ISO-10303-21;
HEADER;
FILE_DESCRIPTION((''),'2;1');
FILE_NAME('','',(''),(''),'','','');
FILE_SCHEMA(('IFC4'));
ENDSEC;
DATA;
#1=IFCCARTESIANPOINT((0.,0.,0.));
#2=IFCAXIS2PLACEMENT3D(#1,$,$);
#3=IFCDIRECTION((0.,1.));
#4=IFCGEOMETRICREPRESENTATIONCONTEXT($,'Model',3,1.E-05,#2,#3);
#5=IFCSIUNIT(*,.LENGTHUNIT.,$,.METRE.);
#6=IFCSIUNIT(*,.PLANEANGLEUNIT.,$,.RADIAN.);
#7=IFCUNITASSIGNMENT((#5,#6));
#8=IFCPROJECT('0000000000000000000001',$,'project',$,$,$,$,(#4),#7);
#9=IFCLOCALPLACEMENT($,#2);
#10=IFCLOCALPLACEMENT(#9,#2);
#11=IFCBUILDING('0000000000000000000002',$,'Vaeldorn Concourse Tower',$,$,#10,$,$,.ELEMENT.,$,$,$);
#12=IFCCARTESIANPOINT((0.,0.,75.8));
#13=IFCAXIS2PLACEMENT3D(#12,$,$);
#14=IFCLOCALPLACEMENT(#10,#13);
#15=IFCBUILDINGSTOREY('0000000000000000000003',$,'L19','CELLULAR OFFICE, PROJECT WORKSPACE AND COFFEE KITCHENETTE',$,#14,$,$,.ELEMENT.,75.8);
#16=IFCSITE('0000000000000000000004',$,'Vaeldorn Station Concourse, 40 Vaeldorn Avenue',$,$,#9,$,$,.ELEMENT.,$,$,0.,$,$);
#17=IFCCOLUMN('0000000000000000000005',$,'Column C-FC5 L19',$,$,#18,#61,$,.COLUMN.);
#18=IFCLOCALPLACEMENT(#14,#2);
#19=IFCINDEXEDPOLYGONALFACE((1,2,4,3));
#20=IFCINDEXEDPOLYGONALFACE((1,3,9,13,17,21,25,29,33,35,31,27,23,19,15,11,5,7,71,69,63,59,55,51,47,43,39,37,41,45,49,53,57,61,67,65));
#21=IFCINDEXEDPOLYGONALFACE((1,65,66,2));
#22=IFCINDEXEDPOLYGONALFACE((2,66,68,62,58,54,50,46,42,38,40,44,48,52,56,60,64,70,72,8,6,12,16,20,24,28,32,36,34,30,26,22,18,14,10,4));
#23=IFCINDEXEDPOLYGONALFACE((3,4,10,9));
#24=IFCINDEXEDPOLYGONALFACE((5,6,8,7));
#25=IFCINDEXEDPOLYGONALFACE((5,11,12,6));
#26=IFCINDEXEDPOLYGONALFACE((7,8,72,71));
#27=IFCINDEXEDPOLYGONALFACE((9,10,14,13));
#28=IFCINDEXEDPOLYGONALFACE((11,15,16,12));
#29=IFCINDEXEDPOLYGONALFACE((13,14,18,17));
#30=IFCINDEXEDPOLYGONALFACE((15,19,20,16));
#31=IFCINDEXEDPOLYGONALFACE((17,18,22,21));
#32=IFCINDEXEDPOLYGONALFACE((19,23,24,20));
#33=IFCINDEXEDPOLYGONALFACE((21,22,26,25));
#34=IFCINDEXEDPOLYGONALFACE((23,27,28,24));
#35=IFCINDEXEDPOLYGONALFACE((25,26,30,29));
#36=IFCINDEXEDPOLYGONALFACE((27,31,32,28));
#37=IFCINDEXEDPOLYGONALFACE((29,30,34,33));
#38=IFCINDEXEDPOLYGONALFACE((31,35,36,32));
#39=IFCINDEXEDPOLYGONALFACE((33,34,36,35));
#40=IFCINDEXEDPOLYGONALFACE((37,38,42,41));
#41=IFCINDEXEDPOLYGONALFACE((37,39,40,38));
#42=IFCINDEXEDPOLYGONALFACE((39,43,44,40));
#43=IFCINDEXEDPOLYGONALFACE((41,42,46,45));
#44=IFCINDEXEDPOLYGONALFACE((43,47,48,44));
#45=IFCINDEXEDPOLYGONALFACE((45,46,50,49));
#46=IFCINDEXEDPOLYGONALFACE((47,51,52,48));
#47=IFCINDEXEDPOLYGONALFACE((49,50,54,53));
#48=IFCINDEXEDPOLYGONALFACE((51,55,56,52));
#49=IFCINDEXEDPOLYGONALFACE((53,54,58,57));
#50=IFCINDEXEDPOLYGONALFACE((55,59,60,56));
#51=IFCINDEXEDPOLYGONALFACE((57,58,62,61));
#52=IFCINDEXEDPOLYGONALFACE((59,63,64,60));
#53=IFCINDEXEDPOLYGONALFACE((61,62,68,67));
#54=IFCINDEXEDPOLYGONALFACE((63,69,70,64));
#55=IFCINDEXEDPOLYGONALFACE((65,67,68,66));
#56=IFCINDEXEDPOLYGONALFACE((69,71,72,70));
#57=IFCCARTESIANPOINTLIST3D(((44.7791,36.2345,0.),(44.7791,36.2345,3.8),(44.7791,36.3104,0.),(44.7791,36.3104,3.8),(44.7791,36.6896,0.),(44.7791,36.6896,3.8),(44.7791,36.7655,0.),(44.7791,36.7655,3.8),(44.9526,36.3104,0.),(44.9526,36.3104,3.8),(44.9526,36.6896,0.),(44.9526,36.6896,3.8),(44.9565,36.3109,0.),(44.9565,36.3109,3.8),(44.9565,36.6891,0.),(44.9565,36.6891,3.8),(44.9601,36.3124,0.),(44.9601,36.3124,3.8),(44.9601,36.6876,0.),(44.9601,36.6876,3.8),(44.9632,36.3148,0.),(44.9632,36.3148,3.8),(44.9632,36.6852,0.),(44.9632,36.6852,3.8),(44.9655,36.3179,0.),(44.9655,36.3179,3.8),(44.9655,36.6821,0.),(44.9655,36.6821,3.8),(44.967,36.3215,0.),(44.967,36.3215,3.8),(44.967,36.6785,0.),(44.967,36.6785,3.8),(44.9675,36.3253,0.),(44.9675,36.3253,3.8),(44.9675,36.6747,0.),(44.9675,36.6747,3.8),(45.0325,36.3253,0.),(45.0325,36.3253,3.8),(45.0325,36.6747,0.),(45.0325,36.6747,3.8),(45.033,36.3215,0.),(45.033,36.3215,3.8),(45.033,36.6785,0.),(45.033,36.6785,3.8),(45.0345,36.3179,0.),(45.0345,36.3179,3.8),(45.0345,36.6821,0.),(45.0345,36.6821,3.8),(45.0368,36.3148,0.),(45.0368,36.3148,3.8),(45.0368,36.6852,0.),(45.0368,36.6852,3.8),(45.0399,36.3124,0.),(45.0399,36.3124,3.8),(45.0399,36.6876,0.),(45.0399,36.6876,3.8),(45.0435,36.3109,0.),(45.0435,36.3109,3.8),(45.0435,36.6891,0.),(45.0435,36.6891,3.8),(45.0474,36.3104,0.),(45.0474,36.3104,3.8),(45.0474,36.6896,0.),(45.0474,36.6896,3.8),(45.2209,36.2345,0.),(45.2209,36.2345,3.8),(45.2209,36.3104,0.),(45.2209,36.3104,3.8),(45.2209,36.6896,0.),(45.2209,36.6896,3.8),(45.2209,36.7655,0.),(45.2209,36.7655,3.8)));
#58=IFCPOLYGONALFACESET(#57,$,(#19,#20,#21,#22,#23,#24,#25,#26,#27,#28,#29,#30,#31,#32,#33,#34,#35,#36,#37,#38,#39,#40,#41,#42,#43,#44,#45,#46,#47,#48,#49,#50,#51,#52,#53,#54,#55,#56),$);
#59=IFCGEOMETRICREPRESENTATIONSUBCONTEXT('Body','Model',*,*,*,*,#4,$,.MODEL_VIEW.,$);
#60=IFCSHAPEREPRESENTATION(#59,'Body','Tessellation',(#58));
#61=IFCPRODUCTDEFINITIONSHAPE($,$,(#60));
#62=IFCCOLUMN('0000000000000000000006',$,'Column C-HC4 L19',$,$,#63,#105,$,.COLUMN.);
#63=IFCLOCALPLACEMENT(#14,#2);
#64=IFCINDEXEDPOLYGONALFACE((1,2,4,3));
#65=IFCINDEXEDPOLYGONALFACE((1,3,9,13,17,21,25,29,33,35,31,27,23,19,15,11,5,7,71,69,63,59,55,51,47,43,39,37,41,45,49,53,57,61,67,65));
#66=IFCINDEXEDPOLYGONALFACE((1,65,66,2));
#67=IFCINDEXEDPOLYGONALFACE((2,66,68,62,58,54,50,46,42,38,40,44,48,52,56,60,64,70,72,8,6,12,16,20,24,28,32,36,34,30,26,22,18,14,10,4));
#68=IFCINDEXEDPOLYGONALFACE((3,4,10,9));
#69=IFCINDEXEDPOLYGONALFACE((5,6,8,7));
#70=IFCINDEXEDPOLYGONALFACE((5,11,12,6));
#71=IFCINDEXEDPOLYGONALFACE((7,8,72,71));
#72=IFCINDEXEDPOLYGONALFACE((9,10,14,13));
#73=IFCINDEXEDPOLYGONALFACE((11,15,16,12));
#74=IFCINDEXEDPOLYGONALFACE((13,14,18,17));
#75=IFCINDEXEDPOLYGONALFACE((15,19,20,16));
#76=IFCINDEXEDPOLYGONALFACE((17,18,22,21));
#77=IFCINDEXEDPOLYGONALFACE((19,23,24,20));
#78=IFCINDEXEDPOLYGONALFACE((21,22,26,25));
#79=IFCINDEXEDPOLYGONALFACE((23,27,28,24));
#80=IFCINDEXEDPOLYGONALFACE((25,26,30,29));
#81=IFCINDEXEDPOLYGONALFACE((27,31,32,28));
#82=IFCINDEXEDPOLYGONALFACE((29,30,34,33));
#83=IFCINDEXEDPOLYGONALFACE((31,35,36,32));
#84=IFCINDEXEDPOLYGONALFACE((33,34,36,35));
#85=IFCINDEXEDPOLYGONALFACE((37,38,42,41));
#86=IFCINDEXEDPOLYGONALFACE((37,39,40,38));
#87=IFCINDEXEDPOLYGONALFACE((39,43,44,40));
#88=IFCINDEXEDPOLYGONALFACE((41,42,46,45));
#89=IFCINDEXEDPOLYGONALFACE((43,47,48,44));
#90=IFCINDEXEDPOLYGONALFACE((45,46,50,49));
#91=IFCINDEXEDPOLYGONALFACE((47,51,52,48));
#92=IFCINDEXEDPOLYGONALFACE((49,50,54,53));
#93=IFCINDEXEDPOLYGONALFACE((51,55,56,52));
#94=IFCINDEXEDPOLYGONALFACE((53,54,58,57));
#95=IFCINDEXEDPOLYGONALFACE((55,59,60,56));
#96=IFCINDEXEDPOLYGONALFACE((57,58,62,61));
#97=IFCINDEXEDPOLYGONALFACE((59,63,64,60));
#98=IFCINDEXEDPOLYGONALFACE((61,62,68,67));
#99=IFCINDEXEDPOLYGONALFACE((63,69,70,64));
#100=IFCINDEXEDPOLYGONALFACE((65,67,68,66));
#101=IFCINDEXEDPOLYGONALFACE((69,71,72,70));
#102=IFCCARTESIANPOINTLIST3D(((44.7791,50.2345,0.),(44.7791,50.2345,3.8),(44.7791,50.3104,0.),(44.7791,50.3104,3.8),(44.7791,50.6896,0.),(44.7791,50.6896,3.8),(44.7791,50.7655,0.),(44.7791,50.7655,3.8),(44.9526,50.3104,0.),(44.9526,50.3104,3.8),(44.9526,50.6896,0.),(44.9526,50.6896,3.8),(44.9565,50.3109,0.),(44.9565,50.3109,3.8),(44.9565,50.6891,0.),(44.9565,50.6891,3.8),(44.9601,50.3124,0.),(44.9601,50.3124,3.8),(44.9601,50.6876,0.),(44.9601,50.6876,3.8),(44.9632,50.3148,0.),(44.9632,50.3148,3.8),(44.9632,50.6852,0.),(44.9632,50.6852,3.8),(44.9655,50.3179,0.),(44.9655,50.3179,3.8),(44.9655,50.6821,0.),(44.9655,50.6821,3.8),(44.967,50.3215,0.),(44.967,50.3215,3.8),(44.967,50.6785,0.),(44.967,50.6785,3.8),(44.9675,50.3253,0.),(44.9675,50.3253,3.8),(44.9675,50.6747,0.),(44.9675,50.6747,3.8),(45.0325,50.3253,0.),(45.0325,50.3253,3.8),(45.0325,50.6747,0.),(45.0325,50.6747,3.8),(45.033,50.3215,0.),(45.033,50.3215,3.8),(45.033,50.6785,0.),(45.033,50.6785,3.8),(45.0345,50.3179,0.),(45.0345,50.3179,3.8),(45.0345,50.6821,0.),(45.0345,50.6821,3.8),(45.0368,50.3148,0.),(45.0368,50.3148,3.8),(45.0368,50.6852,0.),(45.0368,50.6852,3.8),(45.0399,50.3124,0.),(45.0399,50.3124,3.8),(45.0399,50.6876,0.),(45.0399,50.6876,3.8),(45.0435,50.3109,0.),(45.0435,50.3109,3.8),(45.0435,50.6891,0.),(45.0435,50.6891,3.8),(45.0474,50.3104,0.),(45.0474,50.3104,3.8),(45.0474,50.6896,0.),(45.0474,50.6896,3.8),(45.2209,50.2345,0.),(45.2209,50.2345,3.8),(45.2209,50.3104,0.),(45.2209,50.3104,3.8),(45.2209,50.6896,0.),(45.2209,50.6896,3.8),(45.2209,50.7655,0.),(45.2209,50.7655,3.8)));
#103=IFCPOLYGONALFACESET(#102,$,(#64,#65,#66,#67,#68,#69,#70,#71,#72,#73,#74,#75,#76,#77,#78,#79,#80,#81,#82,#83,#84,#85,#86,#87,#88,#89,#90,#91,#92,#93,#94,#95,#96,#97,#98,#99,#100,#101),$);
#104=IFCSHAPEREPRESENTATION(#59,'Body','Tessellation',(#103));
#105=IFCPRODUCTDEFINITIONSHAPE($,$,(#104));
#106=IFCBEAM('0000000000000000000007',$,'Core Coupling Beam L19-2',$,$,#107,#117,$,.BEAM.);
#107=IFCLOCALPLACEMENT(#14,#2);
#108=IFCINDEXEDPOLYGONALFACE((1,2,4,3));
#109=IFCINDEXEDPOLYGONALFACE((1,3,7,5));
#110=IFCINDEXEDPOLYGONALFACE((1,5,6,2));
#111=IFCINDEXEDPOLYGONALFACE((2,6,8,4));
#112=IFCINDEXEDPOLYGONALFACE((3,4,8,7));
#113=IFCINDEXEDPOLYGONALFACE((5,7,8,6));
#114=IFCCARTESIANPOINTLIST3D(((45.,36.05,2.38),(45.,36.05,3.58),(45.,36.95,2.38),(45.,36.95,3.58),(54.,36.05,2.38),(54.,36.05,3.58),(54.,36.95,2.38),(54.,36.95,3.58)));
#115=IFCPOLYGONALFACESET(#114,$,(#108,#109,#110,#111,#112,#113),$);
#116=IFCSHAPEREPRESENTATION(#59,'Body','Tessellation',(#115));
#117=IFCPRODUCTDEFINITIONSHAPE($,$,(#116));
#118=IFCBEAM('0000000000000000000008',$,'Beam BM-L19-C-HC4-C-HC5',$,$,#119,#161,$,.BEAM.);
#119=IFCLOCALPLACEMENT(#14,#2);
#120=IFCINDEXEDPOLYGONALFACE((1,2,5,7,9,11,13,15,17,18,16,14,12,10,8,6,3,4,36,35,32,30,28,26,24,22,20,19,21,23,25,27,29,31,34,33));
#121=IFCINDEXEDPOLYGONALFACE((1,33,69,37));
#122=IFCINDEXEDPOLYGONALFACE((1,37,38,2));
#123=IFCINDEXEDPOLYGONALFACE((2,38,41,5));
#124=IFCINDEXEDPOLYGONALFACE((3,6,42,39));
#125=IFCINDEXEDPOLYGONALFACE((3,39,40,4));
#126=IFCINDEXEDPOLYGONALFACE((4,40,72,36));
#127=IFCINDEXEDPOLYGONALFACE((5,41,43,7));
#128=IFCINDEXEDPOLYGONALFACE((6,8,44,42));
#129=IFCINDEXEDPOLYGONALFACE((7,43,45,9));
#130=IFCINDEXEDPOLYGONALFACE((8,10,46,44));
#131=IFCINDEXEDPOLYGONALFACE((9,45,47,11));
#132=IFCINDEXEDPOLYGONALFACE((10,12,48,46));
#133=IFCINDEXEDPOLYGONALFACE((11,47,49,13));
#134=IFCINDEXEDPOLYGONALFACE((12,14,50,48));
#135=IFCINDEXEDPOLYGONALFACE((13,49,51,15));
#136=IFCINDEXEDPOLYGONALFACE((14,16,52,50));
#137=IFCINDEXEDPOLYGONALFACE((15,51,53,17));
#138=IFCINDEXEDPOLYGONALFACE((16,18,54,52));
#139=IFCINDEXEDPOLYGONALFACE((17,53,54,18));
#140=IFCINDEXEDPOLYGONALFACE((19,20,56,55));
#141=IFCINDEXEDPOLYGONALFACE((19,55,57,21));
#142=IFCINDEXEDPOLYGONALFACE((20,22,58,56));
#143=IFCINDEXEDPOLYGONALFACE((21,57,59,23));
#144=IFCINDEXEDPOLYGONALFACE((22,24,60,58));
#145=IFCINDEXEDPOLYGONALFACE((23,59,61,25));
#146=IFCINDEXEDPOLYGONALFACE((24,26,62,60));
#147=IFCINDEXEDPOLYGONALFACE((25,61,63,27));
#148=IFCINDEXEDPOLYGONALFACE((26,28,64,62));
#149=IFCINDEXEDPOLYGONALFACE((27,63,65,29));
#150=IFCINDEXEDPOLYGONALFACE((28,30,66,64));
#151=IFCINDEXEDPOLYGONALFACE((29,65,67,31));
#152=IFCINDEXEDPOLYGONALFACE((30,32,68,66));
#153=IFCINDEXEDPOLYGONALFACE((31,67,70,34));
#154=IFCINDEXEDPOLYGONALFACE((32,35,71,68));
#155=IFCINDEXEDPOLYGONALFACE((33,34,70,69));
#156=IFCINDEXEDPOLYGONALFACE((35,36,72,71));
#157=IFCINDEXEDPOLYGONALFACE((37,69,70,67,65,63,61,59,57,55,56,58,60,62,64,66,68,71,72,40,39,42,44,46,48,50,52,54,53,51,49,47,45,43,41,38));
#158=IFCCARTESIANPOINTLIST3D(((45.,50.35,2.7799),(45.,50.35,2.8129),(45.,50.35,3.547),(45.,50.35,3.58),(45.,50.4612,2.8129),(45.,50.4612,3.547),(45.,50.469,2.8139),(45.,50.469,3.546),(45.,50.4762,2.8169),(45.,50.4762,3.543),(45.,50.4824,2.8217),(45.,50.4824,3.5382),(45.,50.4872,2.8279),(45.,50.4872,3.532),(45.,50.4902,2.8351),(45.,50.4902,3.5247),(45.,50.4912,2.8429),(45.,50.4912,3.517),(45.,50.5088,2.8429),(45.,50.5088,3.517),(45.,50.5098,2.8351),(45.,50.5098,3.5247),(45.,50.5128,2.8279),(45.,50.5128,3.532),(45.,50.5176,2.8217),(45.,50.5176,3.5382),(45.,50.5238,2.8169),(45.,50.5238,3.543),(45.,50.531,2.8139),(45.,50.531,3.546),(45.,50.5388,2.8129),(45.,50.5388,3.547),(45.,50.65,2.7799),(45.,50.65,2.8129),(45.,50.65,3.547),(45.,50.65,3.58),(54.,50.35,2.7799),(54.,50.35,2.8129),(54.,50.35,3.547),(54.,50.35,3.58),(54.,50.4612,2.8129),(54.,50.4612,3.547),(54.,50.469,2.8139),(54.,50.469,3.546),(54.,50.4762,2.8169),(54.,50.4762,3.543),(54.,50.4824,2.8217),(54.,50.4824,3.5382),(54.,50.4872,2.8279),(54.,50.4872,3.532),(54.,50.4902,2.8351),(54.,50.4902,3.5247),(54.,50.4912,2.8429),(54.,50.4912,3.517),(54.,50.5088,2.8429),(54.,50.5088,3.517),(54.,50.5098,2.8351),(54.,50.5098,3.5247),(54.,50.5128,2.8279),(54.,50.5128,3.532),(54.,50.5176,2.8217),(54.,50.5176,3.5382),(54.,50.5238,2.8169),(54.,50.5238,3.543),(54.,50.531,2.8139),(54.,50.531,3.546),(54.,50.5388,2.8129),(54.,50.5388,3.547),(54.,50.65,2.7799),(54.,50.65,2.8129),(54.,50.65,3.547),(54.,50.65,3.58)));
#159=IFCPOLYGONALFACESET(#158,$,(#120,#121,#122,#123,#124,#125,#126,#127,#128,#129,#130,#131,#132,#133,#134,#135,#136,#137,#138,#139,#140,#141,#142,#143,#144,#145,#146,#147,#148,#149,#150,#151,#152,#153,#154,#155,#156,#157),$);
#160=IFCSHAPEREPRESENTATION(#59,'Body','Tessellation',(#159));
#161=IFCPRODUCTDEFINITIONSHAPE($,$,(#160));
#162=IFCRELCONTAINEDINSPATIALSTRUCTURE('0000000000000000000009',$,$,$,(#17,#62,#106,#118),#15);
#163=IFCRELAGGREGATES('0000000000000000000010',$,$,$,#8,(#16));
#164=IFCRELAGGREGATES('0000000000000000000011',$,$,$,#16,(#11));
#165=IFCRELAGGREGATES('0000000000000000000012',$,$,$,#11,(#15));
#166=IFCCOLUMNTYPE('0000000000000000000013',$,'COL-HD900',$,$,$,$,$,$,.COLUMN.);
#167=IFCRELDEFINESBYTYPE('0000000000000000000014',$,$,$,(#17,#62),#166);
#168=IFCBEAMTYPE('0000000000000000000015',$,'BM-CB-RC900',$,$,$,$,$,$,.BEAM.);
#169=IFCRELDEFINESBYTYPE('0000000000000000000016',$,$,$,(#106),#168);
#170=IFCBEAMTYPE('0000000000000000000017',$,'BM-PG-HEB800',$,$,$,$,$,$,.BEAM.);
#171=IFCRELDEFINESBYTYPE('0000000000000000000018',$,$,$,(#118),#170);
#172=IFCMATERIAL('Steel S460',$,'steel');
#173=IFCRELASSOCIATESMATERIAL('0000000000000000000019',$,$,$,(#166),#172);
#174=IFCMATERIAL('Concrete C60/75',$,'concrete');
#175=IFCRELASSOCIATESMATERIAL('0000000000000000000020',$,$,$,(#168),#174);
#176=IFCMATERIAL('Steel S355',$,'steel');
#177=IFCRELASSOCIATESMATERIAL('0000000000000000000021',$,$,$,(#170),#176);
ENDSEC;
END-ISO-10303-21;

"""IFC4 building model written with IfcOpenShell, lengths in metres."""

from ifc_helpers import new_model, si_unit, direction, frame, origin, origin_2d, place, context, subcontext, project, spatial, rectangle, i_section, extrude, source, transform, mapped, material, material_profile, profile_set, type_object, element, save


model = new_model("IFC4")

# Units and contexts
model_context = context("Model", 3, precision=1e-05, world=origin(), true_north=direction((0.0, 1.0)))
body_context = subcontext(model_context, "Body", "Model", "MODEL_VIEW")
ifc_project = project(units=[si_unit("LENGTHUNIT", "METRE"), si_unit("PLANEANGLEUNIT", "RADIAN")], contexts=[model_context])

# Site, building, storey
site_placement = place(None, origin())
site = spatial("IfcSite", under=ifc_project, at=site_placement, Name="Vaeldorn Station Concourse, 40 Vaeldorn Avenue", CompositionType="ELEMENT", RefElevation=0.0)
building_placement = place(site_placement, origin())
building = spatial("IfcBuilding", under=site, at=building_placement, Name="Vaeldorn Concourse Tower", CompositionType="ELEMENT")
storey_placement = place(building_placement, frame((0.0, 0.0, 75.8)))
storey = spatial("IfcBuildingStorey", under=building, at=storey_placement, Name="L19", Description="CELLULAR OFFICE, PROJECT WORKSPACE AND COFFEE KITCHENETTE", CompositionType="ELEMENT", Elevation=75.8)

# Columns
ifc_material_1 = material(Name="Steel S460", Category="steel")
ifc_material_profile_1 = material_profile(ifc_material_1, i_section(OverallWidth=0.4419, OverallDepth=0.531, WebThickness=0.0649, FlangeThickness=0.0759, FilletRadius=0.0149, at=origin_2d()), Name="HD 400x900")
ifc_profile_set_1 = profile_set([ifc_material_profile_1], Name="Steel S460")
column_type = type_object("IfcColumnType", Name="COL-HD900", PredefinedType="COLUMN", material=ifc_profile_set_1)
shared_shape_1 = source(origin(), body_context, "Body", "SweptSolid", [
    extrude(i_section(OverallWidth=0.4419, OverallDepth=0.531, WebThickness=0.0649, FlangeThickness=0.0759, FilletRadius=0.0149, at=origin_2d()), origin(), (0.0, 0.0, 1.0), 3.8),
])
for number, where, z_axis, x_axis, name in (
    (1, (45.0, 36.5, 0.0), (0.0, 0.0, 1.0), (1.0, 0.0, 0.0), "Column C-FC5 L19"),
    (2, (45.0, 50.5, 0.0), (0.0, 0.0, 1.0), (1.0, 0.0, 0.0), "Column C-HC4 L19"),
):
    element("IfcColumn", number, at=place(storey_placement, frame(where, z_axis=z_axis, x_axis=x_axis)), inside=storey, type_object=column_type, Name=name, PredefinedType="COLUMN", context=body_context, shape_type="MappedRepresentation", body=[
        mapped(shared_shape_1, transform((0.0, 0.0, 0.0), scale=1.0)),
    ])

# Beams
ifc_material_2 = material(Name="Concrete C60/75", Category="concrete")
ifc_material_profile_2 = material_profile(ifc_material_2, rectangle(XDim=0.8999, YDim=1.2, at=origin_2d()), Name="RC 900x1200")
ifc_profile_set_2 = profile_set([ifc_material_profile_2], Name="Concrete C60/75")
beam_type_1 = type_object("IfcBeamType", Name="BM-CB-RC900", PredefinedType="BEAM", material=ifc_profile_set_2)
shared_shape_2 = source(origin(), body_context, "Body", "SweptSolid", [
    extrude(rectangle(XDim=0.8999, YDim=1.2, at=origin_2d()), origin(), (0.0, 0.0, 1.0), 9.0),
])
beam_1_placement = place(storey_placement, frame((45.0, 36.5, 2.98), z_axis=(1.0, 0.0, 0.0), x_axis=(0.0, 1.0, 0.0)))
element("IfcBeam", 3, at=beam_1_placement, inside=storey, type_object=beam_type_1, Name="Core Coupling Beam L19-2", PredefinedType="BEAM", context=body_context, shape_type="MappedRepresentation", body=[
    mapped(shared_shape_2, transform((0.0, 0.0, 0.0), scale=1.0)),
])
ifc_material_3 = material(Name="Steel S355", Category="steel")
ifc_material_profile_3 = material_profile(ifc_material_3, i_section(OverallWidth=0.3, OverallDepth=0.8, WebThickness=0.0176, FlangeThickness=0.033, FilletRadius=0.03, at=origin_2d()), Name="HEB 800")
ifc_profile_set_3 = profile_set([ifc_material_profile_3], Name="Steel S355")
beam_type_2 = type_object("IfcBeamType", Name="BM-PG-HEB800", PredefinedType="BEAM", material=ifc_profile_set_3)
shared_shape_3 = source(origin(), body_context, "Body", "SweptSolid", [
    extrude(i_section(OverallWidth=0.3, OverallDepth=0.8, WebThickness=0.0176, FlangeThickness=0.033, FilletRadius=0.03, at=origin_2d()), origin(), (0.0, 0.0, 1.0), 9.0),
])
beam_2_placement = place(storey_placement, frame((45.0, 50.5, 3.1799), z_axis=(1.0, 0.0, 0.0), x_axis=(0.0, 1.0, 0.0)))
element("IfcBeam", 4, at=beam_2_placement, inside=storey, type_object=beam_type_2, Name="Beam BM-L19-C-HC4-C-HC5", PredefinedType="BEAM", context=body_context, shape_type="MappedRepresentation", body=[
    mapped(shared_shape_3, transform((0.0, 0.0, 0.0), scale=1.0)),
])

save(model, "model.ifc")
